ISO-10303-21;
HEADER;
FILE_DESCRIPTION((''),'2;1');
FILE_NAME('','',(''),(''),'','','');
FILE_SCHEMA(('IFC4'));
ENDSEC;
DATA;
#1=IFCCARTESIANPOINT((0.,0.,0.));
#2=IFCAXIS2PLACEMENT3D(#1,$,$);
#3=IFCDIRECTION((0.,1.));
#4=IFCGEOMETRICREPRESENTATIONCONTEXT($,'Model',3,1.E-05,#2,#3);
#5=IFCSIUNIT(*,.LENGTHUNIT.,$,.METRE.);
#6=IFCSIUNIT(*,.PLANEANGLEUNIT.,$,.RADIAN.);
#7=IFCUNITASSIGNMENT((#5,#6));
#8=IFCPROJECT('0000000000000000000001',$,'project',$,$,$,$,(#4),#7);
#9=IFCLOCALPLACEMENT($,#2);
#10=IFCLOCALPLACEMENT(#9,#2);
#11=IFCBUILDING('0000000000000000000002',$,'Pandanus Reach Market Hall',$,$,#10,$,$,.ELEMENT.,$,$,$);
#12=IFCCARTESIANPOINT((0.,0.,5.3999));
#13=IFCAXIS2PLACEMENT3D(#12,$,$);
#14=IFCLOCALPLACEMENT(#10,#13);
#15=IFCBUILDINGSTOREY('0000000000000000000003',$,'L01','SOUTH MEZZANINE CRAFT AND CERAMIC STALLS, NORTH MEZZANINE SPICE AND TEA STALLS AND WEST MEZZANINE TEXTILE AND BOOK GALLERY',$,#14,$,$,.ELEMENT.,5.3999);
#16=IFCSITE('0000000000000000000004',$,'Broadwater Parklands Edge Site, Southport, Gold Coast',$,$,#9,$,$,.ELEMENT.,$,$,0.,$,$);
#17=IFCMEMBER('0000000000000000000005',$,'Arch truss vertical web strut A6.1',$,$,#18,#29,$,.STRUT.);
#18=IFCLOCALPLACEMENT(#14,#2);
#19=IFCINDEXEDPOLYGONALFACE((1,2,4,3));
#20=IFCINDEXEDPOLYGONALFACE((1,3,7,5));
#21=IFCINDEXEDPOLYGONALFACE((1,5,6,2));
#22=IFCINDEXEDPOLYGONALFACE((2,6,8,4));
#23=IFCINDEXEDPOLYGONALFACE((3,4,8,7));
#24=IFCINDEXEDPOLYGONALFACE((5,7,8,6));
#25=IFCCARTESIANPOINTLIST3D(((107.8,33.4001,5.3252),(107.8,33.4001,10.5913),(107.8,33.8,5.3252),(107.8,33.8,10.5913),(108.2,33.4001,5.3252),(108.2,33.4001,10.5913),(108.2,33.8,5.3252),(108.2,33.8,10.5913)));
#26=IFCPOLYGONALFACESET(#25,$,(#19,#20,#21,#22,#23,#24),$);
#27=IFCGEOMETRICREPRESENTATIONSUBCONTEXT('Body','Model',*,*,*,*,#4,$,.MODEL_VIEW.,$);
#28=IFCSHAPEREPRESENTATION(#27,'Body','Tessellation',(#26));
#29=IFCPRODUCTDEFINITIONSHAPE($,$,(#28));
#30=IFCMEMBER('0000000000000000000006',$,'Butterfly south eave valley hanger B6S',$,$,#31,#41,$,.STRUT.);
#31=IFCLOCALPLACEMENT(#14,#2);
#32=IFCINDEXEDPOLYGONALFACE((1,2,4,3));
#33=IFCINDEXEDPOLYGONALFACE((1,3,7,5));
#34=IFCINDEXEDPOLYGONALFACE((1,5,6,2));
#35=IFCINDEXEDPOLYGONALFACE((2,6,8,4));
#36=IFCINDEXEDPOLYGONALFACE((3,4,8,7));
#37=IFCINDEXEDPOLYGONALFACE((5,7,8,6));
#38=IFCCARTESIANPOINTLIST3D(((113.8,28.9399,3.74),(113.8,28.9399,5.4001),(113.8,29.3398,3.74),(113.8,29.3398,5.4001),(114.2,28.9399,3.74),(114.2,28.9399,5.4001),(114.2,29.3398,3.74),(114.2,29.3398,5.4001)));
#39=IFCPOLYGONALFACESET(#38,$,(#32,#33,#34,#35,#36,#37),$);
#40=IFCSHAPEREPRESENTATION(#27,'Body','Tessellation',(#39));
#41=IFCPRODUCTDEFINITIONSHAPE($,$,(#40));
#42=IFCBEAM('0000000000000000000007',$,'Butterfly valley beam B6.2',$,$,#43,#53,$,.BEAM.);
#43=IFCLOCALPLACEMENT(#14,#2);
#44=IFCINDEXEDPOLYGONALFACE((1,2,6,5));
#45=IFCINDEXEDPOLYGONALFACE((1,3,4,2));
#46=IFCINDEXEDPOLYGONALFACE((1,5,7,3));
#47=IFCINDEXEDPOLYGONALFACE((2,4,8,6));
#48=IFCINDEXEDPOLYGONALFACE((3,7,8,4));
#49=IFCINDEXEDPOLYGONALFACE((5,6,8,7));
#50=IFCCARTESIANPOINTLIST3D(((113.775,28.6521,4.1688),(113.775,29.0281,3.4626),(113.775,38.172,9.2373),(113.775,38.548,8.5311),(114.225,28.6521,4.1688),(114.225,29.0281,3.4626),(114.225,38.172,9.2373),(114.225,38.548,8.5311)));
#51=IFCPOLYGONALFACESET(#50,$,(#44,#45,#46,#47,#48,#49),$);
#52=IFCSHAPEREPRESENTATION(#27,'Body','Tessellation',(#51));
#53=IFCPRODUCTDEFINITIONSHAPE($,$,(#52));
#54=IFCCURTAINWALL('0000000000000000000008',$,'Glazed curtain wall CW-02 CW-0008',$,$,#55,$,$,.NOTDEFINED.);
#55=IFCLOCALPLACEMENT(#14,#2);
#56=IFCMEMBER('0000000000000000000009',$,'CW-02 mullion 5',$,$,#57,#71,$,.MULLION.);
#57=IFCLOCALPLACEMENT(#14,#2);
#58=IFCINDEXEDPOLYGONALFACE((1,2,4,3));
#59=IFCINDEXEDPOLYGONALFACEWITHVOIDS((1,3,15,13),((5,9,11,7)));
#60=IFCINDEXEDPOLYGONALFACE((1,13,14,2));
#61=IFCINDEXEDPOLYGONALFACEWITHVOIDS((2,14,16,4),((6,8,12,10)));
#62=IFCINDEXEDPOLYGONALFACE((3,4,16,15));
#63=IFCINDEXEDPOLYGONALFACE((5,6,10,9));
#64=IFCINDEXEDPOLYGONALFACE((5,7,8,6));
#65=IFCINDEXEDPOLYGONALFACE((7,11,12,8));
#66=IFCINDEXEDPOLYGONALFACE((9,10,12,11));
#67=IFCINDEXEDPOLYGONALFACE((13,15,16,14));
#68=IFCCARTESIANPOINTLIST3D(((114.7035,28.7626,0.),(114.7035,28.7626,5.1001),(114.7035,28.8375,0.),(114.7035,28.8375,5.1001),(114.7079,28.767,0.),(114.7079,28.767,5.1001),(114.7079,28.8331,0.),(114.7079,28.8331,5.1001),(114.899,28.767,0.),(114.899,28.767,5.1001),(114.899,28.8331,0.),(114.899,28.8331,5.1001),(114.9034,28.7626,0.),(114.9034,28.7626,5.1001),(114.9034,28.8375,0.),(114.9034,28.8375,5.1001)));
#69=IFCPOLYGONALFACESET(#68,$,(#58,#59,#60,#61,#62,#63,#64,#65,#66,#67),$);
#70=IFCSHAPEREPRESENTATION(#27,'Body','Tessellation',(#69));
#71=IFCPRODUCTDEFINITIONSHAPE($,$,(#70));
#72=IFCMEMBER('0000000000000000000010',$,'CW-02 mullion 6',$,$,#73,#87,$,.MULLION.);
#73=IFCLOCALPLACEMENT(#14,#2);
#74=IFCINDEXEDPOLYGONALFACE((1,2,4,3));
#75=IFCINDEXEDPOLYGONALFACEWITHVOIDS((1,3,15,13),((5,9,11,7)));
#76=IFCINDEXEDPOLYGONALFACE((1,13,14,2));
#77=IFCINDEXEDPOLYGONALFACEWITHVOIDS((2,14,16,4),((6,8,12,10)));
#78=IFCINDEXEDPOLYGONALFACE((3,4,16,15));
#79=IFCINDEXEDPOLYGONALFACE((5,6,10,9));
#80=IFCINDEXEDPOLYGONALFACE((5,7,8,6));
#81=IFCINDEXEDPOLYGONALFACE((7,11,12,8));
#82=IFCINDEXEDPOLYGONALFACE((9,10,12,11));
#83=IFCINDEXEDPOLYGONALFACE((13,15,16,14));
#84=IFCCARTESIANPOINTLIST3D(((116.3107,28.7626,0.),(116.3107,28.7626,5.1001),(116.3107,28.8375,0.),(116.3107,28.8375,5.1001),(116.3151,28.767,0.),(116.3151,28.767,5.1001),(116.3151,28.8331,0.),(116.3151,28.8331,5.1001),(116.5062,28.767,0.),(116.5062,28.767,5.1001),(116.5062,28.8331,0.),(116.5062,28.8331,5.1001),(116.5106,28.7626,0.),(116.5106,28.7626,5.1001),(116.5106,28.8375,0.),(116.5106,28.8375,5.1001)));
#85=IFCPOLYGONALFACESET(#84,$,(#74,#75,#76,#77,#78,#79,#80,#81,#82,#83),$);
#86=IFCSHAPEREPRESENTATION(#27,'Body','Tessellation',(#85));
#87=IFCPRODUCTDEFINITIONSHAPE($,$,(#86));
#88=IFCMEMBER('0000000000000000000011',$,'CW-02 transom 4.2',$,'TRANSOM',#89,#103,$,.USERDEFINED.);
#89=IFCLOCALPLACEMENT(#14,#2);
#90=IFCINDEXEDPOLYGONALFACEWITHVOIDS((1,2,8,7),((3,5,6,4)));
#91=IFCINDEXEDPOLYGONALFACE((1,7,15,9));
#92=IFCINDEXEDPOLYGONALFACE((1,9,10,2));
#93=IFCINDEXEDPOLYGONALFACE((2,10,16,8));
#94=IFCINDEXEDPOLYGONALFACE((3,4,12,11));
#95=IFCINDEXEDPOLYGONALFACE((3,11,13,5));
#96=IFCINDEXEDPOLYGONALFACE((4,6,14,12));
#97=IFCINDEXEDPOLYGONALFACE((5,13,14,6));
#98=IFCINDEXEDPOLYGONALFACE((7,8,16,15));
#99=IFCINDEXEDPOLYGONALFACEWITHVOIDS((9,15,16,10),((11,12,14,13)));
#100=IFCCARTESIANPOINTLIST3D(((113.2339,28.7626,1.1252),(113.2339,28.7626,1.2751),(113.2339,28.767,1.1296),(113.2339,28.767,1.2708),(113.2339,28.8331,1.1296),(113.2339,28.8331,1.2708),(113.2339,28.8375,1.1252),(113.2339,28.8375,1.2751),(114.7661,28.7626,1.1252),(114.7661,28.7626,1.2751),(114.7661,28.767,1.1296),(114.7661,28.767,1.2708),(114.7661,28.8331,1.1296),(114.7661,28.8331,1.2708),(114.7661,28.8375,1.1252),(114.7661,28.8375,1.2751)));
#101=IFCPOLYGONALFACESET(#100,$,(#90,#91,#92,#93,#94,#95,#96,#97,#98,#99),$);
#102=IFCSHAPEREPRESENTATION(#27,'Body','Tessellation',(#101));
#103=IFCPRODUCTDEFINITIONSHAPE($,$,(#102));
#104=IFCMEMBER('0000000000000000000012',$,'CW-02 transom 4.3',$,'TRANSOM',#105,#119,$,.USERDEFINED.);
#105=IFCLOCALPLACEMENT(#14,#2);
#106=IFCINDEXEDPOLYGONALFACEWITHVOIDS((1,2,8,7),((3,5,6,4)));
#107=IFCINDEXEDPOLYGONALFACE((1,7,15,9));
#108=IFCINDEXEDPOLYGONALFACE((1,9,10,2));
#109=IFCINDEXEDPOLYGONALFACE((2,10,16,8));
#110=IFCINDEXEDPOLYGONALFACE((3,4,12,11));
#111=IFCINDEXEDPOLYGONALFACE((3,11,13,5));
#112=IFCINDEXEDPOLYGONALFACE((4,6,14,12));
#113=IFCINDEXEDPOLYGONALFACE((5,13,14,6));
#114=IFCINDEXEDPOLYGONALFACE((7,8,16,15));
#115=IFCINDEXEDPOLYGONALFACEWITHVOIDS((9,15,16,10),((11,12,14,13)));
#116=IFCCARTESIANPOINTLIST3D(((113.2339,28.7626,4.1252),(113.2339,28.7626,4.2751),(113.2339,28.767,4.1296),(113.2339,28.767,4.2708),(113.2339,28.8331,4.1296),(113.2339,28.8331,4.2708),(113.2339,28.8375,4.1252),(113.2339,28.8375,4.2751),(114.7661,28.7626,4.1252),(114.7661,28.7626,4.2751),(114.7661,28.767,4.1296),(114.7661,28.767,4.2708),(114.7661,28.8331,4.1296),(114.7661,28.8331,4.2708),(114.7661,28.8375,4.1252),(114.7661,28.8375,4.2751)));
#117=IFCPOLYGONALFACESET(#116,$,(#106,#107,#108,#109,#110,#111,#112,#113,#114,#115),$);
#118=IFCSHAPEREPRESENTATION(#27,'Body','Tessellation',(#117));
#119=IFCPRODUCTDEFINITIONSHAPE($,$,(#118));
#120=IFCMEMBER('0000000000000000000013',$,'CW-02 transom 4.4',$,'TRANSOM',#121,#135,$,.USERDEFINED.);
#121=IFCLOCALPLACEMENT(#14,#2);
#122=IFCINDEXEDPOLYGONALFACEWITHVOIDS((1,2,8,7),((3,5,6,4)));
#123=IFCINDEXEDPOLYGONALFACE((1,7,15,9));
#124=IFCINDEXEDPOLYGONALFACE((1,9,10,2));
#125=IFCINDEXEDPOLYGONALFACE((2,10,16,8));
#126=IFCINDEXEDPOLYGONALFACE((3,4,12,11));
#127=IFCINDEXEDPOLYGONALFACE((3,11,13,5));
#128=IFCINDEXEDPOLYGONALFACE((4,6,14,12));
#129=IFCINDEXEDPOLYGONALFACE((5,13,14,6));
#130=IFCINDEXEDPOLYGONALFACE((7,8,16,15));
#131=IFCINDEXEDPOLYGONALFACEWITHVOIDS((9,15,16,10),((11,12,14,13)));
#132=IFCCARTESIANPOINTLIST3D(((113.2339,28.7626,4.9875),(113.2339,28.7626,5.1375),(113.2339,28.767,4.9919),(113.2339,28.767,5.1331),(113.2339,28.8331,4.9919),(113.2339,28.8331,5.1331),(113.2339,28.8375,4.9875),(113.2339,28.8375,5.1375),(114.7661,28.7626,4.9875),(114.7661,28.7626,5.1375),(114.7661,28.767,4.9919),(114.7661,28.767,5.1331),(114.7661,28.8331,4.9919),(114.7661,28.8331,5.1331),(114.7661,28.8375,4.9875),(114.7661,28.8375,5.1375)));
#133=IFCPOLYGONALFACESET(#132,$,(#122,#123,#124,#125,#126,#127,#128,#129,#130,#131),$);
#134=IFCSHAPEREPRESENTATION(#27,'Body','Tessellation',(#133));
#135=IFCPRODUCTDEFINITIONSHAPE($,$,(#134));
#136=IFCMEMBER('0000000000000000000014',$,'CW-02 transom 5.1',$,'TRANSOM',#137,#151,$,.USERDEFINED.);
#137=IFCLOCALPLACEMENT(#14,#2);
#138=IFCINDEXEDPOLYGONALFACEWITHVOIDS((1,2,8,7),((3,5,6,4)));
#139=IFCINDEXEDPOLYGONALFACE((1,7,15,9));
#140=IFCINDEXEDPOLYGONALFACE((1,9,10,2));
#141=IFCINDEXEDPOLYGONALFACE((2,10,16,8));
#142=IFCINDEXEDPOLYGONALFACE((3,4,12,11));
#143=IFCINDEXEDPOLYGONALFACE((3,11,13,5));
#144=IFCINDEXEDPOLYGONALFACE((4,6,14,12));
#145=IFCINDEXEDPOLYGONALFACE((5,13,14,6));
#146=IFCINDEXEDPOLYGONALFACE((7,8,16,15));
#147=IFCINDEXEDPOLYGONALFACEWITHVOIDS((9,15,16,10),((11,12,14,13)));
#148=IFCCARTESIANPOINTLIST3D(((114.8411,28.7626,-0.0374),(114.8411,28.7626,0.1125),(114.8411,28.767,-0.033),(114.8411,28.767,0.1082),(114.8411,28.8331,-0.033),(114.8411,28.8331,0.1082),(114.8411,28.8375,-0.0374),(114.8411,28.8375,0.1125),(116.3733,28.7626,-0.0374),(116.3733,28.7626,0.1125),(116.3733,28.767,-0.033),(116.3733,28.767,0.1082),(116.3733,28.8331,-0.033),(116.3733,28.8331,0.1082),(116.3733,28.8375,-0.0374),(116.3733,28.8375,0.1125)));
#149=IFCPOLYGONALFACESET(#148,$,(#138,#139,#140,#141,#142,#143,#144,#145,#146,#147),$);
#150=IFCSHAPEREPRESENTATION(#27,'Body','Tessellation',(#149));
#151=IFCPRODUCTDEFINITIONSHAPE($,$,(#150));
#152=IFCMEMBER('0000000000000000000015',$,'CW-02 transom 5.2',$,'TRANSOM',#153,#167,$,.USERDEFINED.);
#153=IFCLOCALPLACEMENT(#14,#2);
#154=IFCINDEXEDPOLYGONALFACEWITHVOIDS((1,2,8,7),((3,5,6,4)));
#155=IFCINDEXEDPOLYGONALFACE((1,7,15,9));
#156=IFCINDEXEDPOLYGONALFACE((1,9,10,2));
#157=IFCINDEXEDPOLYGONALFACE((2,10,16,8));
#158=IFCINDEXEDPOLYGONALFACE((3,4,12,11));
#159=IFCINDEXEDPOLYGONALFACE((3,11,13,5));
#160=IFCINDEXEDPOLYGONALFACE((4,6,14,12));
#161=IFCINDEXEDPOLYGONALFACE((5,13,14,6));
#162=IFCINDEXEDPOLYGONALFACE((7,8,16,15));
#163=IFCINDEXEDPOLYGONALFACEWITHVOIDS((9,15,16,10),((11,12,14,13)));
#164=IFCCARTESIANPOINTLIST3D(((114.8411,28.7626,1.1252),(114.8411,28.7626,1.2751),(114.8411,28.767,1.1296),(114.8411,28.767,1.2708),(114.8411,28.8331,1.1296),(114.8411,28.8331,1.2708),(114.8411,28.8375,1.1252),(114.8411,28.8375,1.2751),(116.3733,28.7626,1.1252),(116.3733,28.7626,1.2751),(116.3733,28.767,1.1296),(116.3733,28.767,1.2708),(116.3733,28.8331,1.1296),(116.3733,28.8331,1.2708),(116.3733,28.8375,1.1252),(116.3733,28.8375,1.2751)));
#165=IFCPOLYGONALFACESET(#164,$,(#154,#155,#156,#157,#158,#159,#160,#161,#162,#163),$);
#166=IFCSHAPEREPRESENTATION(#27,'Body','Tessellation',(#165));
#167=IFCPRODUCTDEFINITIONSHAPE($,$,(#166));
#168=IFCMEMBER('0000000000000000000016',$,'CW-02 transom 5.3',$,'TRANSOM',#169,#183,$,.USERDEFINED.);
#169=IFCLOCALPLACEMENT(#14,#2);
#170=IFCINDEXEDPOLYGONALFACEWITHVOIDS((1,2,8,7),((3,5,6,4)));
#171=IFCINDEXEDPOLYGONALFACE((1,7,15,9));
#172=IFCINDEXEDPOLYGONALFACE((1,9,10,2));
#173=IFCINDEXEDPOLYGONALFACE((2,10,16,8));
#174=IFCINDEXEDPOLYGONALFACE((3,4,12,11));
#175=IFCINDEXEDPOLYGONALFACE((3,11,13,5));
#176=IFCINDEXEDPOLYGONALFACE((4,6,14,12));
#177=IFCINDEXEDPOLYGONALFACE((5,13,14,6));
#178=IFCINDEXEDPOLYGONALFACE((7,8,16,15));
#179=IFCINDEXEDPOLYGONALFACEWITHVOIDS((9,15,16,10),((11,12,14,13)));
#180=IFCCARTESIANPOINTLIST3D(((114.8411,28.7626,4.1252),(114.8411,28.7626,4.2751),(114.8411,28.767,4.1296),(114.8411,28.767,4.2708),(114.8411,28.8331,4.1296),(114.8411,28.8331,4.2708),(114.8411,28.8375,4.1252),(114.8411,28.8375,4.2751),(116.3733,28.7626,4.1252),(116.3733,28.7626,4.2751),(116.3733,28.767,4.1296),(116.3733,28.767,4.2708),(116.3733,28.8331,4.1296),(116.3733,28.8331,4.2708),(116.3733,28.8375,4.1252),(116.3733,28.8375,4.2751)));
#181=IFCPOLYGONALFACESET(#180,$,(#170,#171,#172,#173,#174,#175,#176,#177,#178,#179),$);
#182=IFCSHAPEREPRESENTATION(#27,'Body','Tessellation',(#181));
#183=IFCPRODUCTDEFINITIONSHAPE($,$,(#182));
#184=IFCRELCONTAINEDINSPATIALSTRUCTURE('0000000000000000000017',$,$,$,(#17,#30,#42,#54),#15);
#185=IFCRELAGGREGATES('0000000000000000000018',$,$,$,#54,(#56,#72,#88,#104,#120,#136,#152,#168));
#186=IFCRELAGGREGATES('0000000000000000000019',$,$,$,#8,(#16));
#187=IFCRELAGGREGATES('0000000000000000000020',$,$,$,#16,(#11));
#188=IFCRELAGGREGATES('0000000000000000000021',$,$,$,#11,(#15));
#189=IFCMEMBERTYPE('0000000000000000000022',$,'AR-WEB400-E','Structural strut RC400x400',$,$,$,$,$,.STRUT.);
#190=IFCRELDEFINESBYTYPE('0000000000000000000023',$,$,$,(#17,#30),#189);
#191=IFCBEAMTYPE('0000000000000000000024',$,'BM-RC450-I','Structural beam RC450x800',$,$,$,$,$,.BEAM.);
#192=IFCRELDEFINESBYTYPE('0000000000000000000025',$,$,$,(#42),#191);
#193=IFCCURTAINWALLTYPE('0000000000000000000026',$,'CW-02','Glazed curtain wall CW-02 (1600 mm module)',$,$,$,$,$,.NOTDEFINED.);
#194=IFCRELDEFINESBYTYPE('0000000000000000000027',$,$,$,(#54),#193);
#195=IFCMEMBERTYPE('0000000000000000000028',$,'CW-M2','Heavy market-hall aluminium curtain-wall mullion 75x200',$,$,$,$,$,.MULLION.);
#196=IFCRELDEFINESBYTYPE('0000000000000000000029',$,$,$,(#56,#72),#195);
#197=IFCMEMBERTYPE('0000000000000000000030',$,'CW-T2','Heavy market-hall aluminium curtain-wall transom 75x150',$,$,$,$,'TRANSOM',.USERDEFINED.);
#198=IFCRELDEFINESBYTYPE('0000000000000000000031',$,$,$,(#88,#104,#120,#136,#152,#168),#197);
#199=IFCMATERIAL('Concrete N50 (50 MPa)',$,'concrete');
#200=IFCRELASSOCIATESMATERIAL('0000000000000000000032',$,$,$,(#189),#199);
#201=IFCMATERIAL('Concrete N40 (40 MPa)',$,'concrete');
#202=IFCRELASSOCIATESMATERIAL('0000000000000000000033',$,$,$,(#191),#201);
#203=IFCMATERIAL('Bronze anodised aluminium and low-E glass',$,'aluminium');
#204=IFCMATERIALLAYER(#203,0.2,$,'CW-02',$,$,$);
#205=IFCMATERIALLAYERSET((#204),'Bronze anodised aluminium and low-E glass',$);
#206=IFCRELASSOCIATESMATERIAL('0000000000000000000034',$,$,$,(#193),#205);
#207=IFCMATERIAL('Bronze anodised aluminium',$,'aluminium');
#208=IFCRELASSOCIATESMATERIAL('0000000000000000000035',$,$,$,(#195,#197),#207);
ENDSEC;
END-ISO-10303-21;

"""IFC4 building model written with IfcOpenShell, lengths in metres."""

from ifc_helpers import new_model, si_unit, direction, frame, origin, origin_2d, place, context, subcontext, project, spatial, rectangle, hollow_rectangle, extrude, material, layer, layer_set, material_profile, profile_set, type_object, element, aggregate, save


model = new_model("IFC4")

# Units and contexts
model_context = context("Model", 3, precision=1e-05, world=origin(), true_north=direction((0.0, 1.0)))
body_context = subcontext(model_context, "Body", "Model", "MODEL_VIEW")
ifc_project = project(units=[si_unit("LENGTHUNIT", "METRE"), si_unit("PLANEANGLEUNIT", "RADIAN")], contexts=[model_context])

# Site, building, storey
site_placement = place(None, origin())
site = spatial("IfcSite", under=ifc_project, at=site_placement, Name="Broadwater Parklands Edge Site, Southport, Gold Coast", CompositionType="ELEMENT", RefElevation=0.0)
building_placement = place(site_placement, origin())
building = spatial("IfcBuilding", under=site, at=building_placement, Name="Pandanus Reach Market Hall", CompositionType="ELEMENT")
storey_placement = place(building_placement, frame((0.0, 0.0, 5.3999)))
storey = spatial("IfcBuildingStorey", under=building, at=storey_placement, Name="L01", Description="SOUTH MEZZANINE CRAFT AND CERAMIC STALLS, NORTH MEZZANINE SPICE AND TEA STALLS AND WEST MEZZANINE TEXTILE AND BOOK GALLERY", CompositionType="ELEMENT", Elevation=5.3999)

# Members
ifc_material_1 = material(Name="Concrete N50 (50 MPa)", Category="concrete")
ifc_material_profile_1 = material_profile(ifc_material_1, rectangle(XDim=0.3999, YDim=0.3999, at=origin_2d()), Name="RC400x400", Category="LoadBearing")
ifc_profile_set_1 = profile_set([ifc_material_profile_1], Name="Concrete N50 (50 MPa)")
member_type_1 = type_object("IfcMemberType", Name="AR-WEB400-E", Description="Structural strut RC400x400", PredefinedType="STRUT", material=ifc_profile_set_1)
member_1_placement = place(storey_placement, frame((108.0, 33.6001, 5.3252), z_axis=(0.0, 0.0, 1.0), x_axis=(1.0, 0.0, 0.0)))
element("IfcMember", 1, at=member_1_placement, inside=storey, type_object=member_type_1, Name="Arch truss vertical web strut A6.1", PredefinedType="STRUT", context=body_context, shape_type="SweptSolid", body=[
    extrude(rectangle(XDim=0.3999, YDim=0.3999, at=origin_2d()), origin(), (0.0, 0.0, 1.0), 5.2661),
])
member_2_placement = place(storey_placement, frame((114.0, 29.1399, 3.74), z_axis=(0.0, 0.0, 1.0), x_axis=(1.0, 0.0, 0.0)))
element("IfcMember", 2, at=member_2_placement, inside=storey, type_object=member_type_1, Name="Butterfly south eave valley hanger B6S", PredefinedType="STRUT", context=body_context, shape_type="SweptSolid", body=[
    extrude(rectangle(XDim=0.3999, YDim=0.3999, at=origin_2d()), origin(), (0.0, 0.0, 1.0), 1.6602),
])

# Beam
ifc_material_2 = material(Name="Concrete N40 (40 MPa)", Category="concrete")
ifc_material_profile_2 = material_profile(ifc_material_2, rectangle(XDim=0.45, YDim=0.8, at=origin_2d()), Name="RC450x800", Category="LoadBearing")
ifc_profile_set_2 = profile_set([ifc_material_profile_2], Name="Concrete N40 (40 MPa)")
beam_type = type_object("IfcBeamType", Name="BM-RC450-I", Description="Structural beam RC450x800", PredefinedType="BEAM", material=ifc_profile_set_2)
beam_placement = place(storey_placement, frame((114.0, 28.8401, 3.8157), z_axis=(0.0, 0.882689, 0.469957), x_axis=(-1.0, 0.0, 0.0)))
element("IfcBeam", 3, at=beam_placement, inside=storey, type_object=beam_type, Name="Butterfly valley beam B6.2", PredefinedType="BEAM", context=body_context, shape_type="SweptSolid", body=[
    extrude(rectangle(XDim=0.45, YDim=0.8, at=origin_2d()), origin(), (0.0, 0.0, 1.0), 10.7852),
])

# Curtain wall, members
ifc_material_3 = material(Name="Bronze anodised aluminium and low-E glass", Category="aluminium")
ifc_layer_1 = layer(ifc_material_3, 0.2, Name="CW-02")
ifc_layer_set_1 = layer_set([ifc_layer_1], Name="Bronze anodised aluminium and low-E glass")
curtain_wall_type = type_object("IfcCurtainWallType", Name="CW-02", Description="Glazed curtain wall CW-02 (1600 mm module)", PredefinedType="NOTDEFINED", material=ifc_layer_set_1)
curtain_wall_placement = place(storey_placement, origin())
curtain_wall = element("IfcCurtainWall", 4, at=curtain_wall_placement, inside=storey, type_object=curtain_wall_type, Name="Glazed curtain wall CW-02 CW-0008", PredefinedType="NOTDEFINED")
ifc_material_4 = material(Name="Bronze anodised aluminium", Category="aluminium")
ifc_material_profile_3 = material_profile(ifc_material_4, hollow_rectangle(XDim=0.075, YDim=0.2, WallThickness=0.0044, at=origin_2d()), Name="ALU75x200", Category="LoadBearing")
ifc_profile_set_3 = profile_set([ifc_material_profile_3], Name="Bronze anodised aluminium")
member_type_2 = type_object("IfcMemberType", Name="CW-M2", Description="Heavy market-hall aluminium curtain-wall mullion 75x200", PredefinedType="MULLION", material=ifc_profile_set_3)
member_3_placement = place(storey_placement, frame((114.8035, 28.8, 0.0), z_axis=(0.0, 0.0, 1.0), x_axis=(0.0, 1.0, 0.0)))
member_3 = element("IfcMember", 5, at=member_3_placement, type_object=member_type_2, Name="CW-02 mullion 5", PredefinedType="MULLION", context=body_context, shape_type="SweptSolid", body=[
    extrude(hollow_rectangle(XDim=0.075, YDim=0.2, WallThickness=0.0044, at=origin_2d()), origin(), (0.0, 0.0, 1.0), 5.1001),
])
member_4_placement = place(storey_placement, frame((116.4106, 28.8, 0.0), z_axis=(0.0, 0.0, 1.0), x_axis=(0.0, 1.0, 0.0)))
member_4 = element("IfcMember", 6, at=member_4_placement, type_object=member_type_2, Name="CW-02 mullion 6", PredefinedType="MULLION", context=body_context, shape_type="SweptSolid", body=[
    extrude(hollow_rectangle(XDim=0.075, YDim=0.2, WallThickness=0.0044, at=origin_2d()), origin(), (0.0, 0.0, 1.0), 5.1001),
])
ifc_material_profile_4 = material_profile(ifc_material_4, hollow_rectangle(XDim=0.075, YDim=0.1499, WallThickness=0.0044, at=origin_2d()), Name="ALU75x150", Category="LoadBearing")
ifc_profile_set_4 = profile_set([ifc_material_profile_4], Name="Bronze anodised aluminium")
member_type_3 = type_object("IfcMemberType", Name="CW-T2", Description="Heavy market-hall aluminium curtain-wall transom 75x150", ElementType="TRANSOM", PredefinedType="USERDEFINED", material=ifc_profile_set_4)
member_5_placement = place(storey_placement, frame((113.2339, 28.8, 1.2002), z_axis=(1.0, 0.0, 0.0), x_axis=(0.0, 1.0, 0.0)))
member_5 = element("IfcMember", 7, at=member_5_placement, type_object=member_type_3, Name="CW-02 transom 4.2", ObjectType="TRANSOM", PredefinedType="USERDEFINED", context=body_context, shape_type="SweptSolid", body=[
    extrude(hollow_rectangle(XDim=0.075, YDim=0.1499, WallThickness=0.0044, at=origin_2d()), origin(), (0.0, 0.0, 1.0), 1.5322),
])
member_6_placement = place(storey_placement, frame((113.2339, 28.8, 4.2002), z_axis=(1.0, 0.0, 0.0), x_axis=(0.0, 1.0, 0.0)))
member_6 = element("IfcMember", 8, at=member_6_placement, type_object=member_type_3, Name="CW-02 transom 4.3", ObjectType="TRANSOM", PredefinedType="USERDEFINED", context=body_context, shape_type="SweptSolid", body=[
    extrude(hollow_rectangle(XDim=0.075, YDim=0.1499, WallThickness=0.0044, at=origin_2d()), origin(), (0.0, 0.0, 1.0), 1.5322),
])
member_7_placement = place(storey_placement, frame((113.2339, 28.8, 5.0625), z_axis=(1.0, 0.0, 0.0), x_axis=(0.0, 1.0, 0.0)))
member_7 = element("IfcMember", 9, at=member_7_placement, type_object=member_type_3, Name="CW-02 transom 4.4", ObjectType="TRANSOM", PredefinedType="USERDEFINED", context=body_context, shape_type="SweptSolid", body=[
    extrude(hollow_rectangle(XDim=0.075, YDim=0.1499, WallThickness=0.0044, at=origin_2d()), origin(), (0.0, 0.0, 1.0), 1.5322),
])
member_8_placement = place(storey_placement, frame((114.8411, 28.8, 0.0376), z_axis=(1.0, 0.0, 0.0), x_axis=(0.0, 1.0, 0.0)))
member_8 = element("IfcMember", 10, at=member_8_placement, type_object=member_type_3, Name="CW-02 transom 5.1", ObjectType="TRANSOM", PredefinedType="USERDEFINED", context=body_context, shape_type="SweptSolid", body=[
    extrude(hollow_rectangle(XDim=0.075, YDim=0.1499, WallThickness=0.0044, at=origin_2d()), origin(), (0.0, 0.0, 1.0), 1.5322),
])
member_9_placement = place(storey_placement, frame((114.8411, 28.8, 1.2002), z_axis=(1.0, 0.0, 0.0), x_axis=(0.0, 1.0, 0.0)))
member_9 = element("IfcMember", 11, at=member_9_placement, type_object=member_type_3, Name="CW-02 transom 5.2", ObjectType="TRANSOM", PredefinedType="USERDEFINED", context=body_context, shape_type="SweptSolid", body=[
    extrude(hollow_rectangle(XDim=0.075, YDim=0.1499, WallThickness=0.0044, at=origin_2d()), origin(), (0.0, 0.0, 1.0), 1.5322),
])
member_10_placement = place(storey_placement, frame((114.8411, 28.8, 4.2002), z_axis=(1.0, 0.0, 0.0), x_axis=(0.0, 1.0, 0.0)))
member_10 = element("IfcMember", 12, at=member_10_placement, type_object=member_type_3, Name="CW-02 transom 5.3", ObjectType="TRANSOM", PredefinedType="USERDEFINED", context=body_context, shape_type="SweptSolid", body=[
    extrude(hollow_rectangle(XDim=0.075, YDim=0.1499, WallThickness=0.0044, at=origin_2d()), origin(), (0.0, 0.0, 1.0), 1.5322),
])
aggregate(curtain_wall, [member_3, member_4, member_5, member_6, member_7, member_8, member_9, member_10])

save(model, "model.ifc")
